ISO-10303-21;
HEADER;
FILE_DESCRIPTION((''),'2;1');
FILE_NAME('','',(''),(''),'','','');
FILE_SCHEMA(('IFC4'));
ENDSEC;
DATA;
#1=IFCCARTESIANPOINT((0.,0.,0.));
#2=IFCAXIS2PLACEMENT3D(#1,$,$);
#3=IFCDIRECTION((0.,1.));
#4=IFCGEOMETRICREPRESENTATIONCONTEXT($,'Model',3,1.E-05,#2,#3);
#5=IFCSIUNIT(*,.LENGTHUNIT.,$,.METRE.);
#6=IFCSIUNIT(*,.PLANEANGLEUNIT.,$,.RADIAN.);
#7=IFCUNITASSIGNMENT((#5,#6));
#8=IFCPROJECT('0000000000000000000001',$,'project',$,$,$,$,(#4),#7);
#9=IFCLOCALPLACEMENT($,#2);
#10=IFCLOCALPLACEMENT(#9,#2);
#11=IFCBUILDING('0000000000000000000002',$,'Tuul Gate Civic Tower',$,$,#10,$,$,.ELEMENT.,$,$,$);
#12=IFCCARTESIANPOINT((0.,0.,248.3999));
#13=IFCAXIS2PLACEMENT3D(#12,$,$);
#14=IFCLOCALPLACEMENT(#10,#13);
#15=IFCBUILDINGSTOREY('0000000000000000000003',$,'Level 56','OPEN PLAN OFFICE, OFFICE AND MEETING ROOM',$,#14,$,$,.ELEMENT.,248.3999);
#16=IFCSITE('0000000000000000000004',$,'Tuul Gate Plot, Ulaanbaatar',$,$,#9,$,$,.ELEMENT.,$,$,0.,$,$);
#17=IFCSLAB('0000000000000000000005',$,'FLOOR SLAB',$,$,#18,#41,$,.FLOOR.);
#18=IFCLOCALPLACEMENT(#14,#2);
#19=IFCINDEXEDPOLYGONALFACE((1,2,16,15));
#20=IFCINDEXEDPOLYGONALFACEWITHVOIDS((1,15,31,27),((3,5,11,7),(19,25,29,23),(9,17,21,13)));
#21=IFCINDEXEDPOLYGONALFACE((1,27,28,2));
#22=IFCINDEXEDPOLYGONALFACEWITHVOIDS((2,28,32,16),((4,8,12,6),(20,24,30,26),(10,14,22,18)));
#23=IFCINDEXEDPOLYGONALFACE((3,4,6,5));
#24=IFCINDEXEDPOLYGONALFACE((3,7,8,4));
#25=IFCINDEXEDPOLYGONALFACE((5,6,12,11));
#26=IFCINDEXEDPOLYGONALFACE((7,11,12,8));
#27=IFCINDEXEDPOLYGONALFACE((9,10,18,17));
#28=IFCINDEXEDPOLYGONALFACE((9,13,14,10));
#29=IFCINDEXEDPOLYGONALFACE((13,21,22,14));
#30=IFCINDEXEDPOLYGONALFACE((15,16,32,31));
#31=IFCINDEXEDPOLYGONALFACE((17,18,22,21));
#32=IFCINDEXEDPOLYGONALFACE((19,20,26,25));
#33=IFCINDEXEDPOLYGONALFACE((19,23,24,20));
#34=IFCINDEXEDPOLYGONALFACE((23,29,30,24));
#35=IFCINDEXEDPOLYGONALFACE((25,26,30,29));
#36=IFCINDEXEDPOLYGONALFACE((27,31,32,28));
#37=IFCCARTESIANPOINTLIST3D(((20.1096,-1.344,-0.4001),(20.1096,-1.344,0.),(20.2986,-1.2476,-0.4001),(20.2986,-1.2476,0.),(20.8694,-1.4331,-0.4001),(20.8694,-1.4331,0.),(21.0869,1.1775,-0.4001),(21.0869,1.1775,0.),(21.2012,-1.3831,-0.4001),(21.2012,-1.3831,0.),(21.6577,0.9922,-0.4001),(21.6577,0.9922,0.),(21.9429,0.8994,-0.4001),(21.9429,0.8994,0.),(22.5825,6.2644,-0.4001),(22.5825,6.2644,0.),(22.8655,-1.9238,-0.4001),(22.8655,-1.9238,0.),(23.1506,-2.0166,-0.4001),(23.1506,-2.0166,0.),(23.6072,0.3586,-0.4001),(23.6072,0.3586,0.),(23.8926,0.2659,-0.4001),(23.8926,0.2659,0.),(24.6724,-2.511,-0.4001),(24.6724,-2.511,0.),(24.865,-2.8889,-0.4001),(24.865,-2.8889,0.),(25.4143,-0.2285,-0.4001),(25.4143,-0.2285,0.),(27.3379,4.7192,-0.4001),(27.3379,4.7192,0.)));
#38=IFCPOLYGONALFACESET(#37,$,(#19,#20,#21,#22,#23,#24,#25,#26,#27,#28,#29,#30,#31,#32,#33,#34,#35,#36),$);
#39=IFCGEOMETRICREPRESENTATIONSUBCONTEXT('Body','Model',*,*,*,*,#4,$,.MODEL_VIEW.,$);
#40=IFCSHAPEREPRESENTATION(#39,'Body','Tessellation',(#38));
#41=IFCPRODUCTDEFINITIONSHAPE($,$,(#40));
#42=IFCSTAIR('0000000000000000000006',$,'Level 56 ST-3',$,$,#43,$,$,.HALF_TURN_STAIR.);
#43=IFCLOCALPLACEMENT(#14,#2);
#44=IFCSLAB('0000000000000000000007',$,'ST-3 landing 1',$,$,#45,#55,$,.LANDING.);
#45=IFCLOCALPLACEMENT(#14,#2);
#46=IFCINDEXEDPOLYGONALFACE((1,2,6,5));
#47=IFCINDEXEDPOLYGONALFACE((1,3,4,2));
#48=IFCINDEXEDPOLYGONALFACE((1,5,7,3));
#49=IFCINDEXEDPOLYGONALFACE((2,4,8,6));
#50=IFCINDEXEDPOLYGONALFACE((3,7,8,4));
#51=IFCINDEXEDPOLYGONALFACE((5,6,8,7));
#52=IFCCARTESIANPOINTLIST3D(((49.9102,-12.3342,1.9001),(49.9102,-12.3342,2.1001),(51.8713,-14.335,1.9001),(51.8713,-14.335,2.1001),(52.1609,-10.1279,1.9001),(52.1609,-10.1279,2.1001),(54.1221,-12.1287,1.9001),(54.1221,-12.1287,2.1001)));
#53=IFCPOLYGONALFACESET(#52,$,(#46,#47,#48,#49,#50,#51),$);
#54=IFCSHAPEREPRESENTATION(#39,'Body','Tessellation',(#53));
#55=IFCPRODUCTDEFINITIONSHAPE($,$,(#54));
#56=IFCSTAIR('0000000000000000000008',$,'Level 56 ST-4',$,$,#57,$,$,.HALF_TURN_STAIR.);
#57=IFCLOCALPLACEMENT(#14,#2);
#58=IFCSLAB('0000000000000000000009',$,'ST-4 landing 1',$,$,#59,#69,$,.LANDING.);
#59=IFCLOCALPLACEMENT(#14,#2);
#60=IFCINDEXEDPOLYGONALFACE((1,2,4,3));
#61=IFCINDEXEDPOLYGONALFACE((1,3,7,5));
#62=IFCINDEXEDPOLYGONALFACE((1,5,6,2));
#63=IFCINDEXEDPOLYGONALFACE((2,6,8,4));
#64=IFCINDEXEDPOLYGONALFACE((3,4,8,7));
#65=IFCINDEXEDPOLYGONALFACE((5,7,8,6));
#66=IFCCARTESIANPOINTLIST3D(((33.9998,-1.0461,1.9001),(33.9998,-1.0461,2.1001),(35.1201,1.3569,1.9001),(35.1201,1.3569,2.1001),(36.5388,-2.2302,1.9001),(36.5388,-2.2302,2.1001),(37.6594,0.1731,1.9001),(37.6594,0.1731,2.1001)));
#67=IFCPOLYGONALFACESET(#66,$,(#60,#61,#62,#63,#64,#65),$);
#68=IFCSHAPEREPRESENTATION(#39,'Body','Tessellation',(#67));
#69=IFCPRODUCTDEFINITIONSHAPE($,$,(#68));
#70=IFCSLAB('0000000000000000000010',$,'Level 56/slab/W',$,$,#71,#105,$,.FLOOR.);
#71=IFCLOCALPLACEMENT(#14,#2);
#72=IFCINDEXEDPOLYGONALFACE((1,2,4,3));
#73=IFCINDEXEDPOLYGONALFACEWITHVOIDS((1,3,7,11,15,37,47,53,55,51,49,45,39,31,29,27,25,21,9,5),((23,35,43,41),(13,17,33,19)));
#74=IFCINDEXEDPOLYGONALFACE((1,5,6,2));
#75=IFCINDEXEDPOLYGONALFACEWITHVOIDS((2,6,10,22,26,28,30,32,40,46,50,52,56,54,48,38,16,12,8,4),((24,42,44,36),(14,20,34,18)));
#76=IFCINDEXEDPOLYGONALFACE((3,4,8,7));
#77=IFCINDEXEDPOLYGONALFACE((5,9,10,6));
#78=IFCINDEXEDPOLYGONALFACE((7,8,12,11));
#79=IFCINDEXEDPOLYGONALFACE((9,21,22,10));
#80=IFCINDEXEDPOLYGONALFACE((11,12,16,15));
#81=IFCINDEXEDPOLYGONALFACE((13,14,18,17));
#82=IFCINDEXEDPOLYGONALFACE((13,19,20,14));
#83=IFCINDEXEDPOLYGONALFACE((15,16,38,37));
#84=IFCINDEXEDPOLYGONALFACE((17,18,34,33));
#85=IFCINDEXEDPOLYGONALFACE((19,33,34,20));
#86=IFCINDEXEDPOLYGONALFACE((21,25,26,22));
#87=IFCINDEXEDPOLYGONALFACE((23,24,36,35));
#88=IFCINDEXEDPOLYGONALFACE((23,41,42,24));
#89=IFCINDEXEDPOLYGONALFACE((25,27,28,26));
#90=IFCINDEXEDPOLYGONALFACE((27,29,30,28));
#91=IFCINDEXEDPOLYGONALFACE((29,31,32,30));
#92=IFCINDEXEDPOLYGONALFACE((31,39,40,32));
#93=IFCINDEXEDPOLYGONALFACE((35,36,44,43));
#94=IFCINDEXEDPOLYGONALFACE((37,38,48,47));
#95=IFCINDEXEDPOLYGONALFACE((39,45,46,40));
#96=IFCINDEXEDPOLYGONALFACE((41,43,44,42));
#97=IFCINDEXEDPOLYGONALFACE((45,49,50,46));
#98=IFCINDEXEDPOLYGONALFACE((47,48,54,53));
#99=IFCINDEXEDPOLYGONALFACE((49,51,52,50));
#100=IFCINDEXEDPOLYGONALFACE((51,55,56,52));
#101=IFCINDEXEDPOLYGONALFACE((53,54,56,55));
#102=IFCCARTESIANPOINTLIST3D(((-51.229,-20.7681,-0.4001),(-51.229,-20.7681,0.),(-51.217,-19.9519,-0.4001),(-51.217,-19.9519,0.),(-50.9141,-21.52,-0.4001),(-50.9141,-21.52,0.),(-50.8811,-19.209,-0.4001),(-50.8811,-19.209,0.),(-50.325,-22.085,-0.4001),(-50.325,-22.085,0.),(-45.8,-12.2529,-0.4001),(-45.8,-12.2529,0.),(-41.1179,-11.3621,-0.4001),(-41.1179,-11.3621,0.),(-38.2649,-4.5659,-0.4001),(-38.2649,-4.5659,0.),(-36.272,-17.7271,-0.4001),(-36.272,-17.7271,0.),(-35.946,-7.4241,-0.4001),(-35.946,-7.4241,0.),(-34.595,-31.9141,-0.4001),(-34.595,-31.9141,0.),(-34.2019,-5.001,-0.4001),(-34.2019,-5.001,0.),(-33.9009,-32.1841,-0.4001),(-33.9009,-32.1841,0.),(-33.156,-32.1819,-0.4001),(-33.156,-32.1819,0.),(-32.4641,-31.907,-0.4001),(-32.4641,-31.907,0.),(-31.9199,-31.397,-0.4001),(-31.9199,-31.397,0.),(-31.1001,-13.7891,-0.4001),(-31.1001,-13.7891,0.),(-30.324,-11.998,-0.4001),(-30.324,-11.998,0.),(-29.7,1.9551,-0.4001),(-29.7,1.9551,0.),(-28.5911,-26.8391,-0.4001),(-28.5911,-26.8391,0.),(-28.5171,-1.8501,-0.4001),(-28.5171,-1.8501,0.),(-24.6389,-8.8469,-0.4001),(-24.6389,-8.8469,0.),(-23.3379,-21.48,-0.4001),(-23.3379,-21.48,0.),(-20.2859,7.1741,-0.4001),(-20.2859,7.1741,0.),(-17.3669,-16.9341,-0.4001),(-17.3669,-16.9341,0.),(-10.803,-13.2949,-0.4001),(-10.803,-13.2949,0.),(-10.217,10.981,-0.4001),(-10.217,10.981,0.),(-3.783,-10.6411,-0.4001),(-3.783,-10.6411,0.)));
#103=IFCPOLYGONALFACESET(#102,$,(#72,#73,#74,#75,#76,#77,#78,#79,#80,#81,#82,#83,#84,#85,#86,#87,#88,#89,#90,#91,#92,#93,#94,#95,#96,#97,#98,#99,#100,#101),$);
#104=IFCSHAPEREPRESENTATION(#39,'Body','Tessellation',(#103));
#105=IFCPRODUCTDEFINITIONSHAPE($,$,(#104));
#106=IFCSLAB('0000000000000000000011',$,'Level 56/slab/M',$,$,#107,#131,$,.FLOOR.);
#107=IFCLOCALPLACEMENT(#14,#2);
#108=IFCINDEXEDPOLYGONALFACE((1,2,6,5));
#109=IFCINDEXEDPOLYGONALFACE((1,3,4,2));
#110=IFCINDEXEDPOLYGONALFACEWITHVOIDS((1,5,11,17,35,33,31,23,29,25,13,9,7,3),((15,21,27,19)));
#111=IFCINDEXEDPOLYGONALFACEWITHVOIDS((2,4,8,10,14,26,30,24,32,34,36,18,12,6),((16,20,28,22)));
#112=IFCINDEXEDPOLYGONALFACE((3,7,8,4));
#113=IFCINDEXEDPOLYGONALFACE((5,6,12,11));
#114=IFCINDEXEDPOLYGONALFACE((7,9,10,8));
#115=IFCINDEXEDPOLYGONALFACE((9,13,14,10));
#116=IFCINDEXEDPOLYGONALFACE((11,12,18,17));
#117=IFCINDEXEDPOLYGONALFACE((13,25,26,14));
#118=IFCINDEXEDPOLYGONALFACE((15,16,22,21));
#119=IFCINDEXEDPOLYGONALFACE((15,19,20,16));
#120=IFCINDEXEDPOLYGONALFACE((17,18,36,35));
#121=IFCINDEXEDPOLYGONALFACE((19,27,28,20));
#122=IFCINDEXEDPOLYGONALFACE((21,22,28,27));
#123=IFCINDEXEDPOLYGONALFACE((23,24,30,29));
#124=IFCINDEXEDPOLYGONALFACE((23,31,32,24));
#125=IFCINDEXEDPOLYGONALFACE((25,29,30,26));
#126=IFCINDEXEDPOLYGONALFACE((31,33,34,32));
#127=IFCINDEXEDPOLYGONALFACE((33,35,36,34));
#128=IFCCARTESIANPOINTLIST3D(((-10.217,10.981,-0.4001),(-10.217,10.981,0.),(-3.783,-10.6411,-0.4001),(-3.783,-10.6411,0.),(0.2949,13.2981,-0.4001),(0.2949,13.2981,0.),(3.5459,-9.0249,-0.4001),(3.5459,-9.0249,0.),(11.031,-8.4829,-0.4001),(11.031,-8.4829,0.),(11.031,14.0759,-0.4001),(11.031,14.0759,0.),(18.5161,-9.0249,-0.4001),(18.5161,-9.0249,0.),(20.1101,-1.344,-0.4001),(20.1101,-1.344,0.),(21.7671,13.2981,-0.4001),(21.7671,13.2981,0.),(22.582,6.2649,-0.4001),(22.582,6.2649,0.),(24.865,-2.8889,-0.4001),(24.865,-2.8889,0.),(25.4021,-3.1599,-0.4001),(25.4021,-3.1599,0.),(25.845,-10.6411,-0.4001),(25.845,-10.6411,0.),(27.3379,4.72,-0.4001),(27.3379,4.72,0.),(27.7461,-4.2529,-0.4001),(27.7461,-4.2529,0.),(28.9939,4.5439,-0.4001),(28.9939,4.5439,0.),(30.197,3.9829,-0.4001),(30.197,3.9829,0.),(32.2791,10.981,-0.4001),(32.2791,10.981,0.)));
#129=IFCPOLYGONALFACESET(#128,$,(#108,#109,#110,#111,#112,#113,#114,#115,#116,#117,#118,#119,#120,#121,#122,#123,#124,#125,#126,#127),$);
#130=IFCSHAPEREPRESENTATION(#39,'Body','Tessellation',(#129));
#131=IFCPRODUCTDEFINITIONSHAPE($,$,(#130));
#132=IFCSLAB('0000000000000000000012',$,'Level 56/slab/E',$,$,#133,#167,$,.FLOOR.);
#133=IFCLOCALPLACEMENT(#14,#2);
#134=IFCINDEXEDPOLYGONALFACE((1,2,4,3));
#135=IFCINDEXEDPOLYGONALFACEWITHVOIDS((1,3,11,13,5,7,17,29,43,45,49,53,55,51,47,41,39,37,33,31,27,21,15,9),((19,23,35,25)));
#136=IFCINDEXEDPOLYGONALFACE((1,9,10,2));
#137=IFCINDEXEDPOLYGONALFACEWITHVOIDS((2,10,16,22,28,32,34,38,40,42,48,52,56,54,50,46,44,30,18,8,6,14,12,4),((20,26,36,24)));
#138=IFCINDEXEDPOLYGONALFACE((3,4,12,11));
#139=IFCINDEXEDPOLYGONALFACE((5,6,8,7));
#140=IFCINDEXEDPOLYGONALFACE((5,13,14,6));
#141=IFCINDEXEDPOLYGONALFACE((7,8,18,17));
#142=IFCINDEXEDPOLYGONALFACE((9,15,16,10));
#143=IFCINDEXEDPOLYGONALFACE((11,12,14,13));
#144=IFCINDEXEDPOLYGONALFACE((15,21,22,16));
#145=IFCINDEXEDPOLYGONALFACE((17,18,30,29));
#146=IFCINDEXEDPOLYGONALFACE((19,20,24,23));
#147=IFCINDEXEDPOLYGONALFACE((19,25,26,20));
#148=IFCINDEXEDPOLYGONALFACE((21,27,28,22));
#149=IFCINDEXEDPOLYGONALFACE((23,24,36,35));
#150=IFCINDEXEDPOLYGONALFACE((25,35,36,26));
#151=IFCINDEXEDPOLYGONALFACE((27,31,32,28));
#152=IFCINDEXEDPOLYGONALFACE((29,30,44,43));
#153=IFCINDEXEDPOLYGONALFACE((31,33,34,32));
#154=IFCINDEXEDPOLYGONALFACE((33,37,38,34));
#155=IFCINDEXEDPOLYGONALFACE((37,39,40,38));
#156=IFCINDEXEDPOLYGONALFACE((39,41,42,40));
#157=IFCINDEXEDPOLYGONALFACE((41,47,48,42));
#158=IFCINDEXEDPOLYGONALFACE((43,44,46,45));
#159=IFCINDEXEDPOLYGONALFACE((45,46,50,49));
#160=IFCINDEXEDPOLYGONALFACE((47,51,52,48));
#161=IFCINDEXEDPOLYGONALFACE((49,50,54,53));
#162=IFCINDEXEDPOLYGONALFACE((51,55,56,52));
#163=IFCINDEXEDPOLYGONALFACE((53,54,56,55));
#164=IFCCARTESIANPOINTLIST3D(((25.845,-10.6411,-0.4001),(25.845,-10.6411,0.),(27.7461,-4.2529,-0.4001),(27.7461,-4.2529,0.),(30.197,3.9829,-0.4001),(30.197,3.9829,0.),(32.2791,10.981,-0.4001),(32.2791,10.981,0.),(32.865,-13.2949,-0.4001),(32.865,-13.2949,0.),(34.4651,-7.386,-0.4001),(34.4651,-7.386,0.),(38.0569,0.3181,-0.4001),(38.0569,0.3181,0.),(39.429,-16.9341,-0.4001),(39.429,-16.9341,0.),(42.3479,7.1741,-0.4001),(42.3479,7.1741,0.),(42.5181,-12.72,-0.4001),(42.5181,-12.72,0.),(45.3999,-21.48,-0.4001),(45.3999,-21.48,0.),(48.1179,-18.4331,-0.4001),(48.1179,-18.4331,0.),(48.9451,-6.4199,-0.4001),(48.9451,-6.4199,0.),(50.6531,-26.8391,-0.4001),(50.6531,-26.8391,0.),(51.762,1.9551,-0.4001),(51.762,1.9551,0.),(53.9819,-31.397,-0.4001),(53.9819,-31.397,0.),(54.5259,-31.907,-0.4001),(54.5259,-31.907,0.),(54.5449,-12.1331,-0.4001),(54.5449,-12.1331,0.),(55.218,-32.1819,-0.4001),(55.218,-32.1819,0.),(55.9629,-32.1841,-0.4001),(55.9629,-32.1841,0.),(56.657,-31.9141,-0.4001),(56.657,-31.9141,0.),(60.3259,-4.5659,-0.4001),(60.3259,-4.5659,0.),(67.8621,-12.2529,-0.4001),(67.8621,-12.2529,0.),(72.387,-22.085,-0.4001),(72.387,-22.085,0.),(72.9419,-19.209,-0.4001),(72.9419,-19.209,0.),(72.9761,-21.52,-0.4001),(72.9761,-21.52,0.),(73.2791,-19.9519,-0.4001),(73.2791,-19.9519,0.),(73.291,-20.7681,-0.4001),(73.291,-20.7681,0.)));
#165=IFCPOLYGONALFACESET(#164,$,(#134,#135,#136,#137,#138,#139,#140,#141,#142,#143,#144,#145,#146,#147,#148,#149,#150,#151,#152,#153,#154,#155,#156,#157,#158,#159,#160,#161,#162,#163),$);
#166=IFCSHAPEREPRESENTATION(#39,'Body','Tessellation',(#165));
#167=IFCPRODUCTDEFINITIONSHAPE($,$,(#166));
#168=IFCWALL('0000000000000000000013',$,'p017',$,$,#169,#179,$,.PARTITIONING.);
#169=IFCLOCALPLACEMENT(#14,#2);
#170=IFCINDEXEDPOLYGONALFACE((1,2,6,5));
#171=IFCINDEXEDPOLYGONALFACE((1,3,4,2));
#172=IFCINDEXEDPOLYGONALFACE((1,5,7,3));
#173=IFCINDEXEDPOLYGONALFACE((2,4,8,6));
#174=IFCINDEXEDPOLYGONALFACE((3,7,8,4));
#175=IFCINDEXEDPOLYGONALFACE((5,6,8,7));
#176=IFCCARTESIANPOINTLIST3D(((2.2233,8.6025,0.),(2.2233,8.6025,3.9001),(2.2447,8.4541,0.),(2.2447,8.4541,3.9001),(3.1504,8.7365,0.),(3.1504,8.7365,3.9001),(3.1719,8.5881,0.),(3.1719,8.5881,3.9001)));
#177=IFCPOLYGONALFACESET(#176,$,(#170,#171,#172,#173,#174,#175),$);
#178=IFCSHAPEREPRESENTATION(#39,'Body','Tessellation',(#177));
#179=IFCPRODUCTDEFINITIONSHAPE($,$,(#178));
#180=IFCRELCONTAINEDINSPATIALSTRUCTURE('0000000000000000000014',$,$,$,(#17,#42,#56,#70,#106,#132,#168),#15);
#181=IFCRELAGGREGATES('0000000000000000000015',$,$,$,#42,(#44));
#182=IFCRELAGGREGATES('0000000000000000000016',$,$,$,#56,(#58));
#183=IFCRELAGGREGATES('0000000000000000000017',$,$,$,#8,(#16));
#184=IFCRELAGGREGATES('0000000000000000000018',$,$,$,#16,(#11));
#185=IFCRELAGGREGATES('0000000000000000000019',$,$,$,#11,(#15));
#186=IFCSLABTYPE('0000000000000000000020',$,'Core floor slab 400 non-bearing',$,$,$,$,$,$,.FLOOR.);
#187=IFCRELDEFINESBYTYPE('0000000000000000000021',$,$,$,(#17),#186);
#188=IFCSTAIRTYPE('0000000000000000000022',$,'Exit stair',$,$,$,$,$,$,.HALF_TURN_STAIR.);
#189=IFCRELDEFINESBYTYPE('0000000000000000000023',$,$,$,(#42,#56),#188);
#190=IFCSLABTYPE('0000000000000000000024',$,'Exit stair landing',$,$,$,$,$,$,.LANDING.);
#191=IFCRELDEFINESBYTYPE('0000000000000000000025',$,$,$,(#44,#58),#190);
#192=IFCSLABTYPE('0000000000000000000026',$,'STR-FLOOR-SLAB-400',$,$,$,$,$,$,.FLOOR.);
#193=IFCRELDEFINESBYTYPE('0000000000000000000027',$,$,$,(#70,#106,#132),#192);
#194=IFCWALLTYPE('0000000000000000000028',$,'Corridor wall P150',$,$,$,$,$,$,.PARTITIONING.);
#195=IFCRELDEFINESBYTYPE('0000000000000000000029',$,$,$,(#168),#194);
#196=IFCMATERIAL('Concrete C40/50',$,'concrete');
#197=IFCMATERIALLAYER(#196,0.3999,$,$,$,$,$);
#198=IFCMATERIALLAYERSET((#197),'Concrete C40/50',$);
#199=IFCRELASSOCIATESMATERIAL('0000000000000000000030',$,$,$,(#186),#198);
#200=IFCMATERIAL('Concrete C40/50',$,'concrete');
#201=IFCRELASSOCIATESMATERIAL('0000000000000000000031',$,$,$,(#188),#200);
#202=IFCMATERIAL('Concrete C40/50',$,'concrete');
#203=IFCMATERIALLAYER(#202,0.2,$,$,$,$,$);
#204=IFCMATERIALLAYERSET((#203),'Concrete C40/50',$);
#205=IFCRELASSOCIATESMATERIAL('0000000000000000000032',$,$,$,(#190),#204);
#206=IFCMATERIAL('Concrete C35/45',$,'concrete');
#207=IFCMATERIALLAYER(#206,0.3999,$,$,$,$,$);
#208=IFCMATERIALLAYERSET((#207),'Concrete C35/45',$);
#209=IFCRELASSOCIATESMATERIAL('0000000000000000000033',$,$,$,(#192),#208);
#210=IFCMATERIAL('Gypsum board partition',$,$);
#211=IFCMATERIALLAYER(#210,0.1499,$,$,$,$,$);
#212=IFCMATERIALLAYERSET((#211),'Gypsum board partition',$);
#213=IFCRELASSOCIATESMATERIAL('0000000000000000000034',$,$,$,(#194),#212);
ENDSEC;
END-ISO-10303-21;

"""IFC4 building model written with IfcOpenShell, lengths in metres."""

from ifc_helpers import new_model, si_unit, direction, frame, frame_2d, origin, place, context, subcontext, project, spatial, polyline, rectangle, outline, extrude, material, layer, layer_set, type_object, element, aggregate, save


model = new_model("IFC4")

# Units and contexts
model_context = context("Model", 3, precision=1e-05, world=origin(), true_north=direction((0.0, 1.0)))
body_context = subcontext(model_context, "Body", "Model", "MODEL_VIEW")
ifc_project = project(units=[si_unit("LENGTHUNIT", "METRE"), si_unit("PLANEANGLEUNIT", "RADIAN")], contexts=[model_context])

# Site, building, storey
site_placement = place(None, origin())
site = spatial("IfcSite", under=ifc_project, at=site_placement, Name="Tuul Gate Plot, Ulaanbaatar", CompositionType="ELEMENT", RefElevation=0.0)
building_placement = place(site_placement, origin())
building = spatial("IfcBuilding", under=site, at=building_placement, Name="Tuul Gate Civic Tower", CompositionType="ELEMENT")
storey_placement = place(building_placement, frame((0.0, 0.0, 248.3999)))
storey = spatial("IfcBuildingStorey", under=building, at=storey_placement, Name="Level 56", Description="OPEN PLAN OFFICE, OFFICE AND MEETING ROOM", CompositionType="ELEMENT", Elevation=248.3999)

# Slab
ifc_material_1 = material(Name="Concrete C40/50", Category="concrete")
ifc_layer_1 = layer(ifc_material_1, 0.3999)
ifc_layer_set_1 = layer_set([ifc_layer_1], Name="Concrete C40/50")
slab_type_1 = type_object("IfcSlabType", Name="Core floor slab 400 non-bearing", PredefinedType="FLOOR", material=ifc_layer_set_1)
slab_1_placement = place(storey_placement, frame((0.0, 0.0, -0.4001)))
element("IfcSlab", 1, at=slab_1_placement, inside=storey, type_object=slab_type_1, Name="FLOOR SLAB", PredefinedType="FLOOR", context=body_context, shape_type="SweptSolid", body=[
    extrude(outline(polyline([(24.865, -2.8889), (27.3379, 4.7192), (22.5825, 6.2644), (20.1096, -1.344), (24.865, -2.8889)]), holes=[polyline([(24.6724, -2.511), (25.4143, -0.2285), (23.8926, 0.2659), (23.1506, -2.0166), (24.6724, -2.511)]), polyline([(22.8655, -1.9238), (23.6072, 0.3586), (21.9429, 0.8994), (21.2012, -1.3831), (22.8655, -1.9238)]), polyline([(20.8694, -1.4331), (21.6577, 0.9922), (21.0869, 1.1775), (20.2986, -1.2476), (20.8694, -1.4331)])]), origin(), (0.0, 0.0, 1.0), 0.4001),
])

# Stairs, slabs
ifc_material_2 = material(Name="Concrete C40/50", Category="concrete")
stair_type = type_object("IfcStairType", Name="Exit stair", PredefinedType="HALF_TURN_STAIR", material=ifc_material_2)
stair_1_placement = place(storey_placement, origin())
stair_1 = element("IfcStair", 2, at=stair_1_placement, inside=storey, type_object=stair_type, Name="Level 56 ST-3", PredefinedType="HALF_TURN_STAIR")
ifc_material_3 = material(Name="Concrete C40/50", Category="concrete")
ifc_layer_2 = layer(ifc_material_3, 0.2)
ifc_layer_set_2 = layer_set([ifc_layer_2], Name="Concrete C40/50")
slab_type_2 = type_object("IfcSlabType", Name="Exit stair landing", PredefinedType="LANDING", material=ifc_layer_set_2)
slab_2_placement = place(storey_placement, frame((0.0, 0.0, 1.9001)))
slab_2 = element("IfcSlab", 3, at=slab_2_placement, type_object=slab_type_2, Name="ST-3 landing 1", PredefinedType="LANDING", context=body_context, shape_type="SweptSolid", body=[
    extrude(outline(polyline([(51.8713, -14.335), (49.9102, -12.3342), (52.1609, -10.1279), (54.1221, -12.1287), (51.8713, -14.335)])), origin(), (0.0, 0.0, 1.0), 0.2),
])
aggregate(stair_1, [slab_2])
stair_2_placement = place(storey_placement, origin())
stair_2 = element("IfcStair", 4, at=stair_2_placement, inside=storey, type_object=stair_type, Name="Level 56 ST-4", PredefinedType="HALF_TURN_STAIR")
slab_3_placement = place(storey_placement, frame((0.0, 0.0, 1.9001)))
slab_3 = element("IfcSlab", 5, at=slab_3_placement, type_object=slab_type_2, Name="ST-4 landing 1", PredefinedType="LANDING", context=body_context, shape_type="SweptSolid", body=[
    extrude(outline(polyline([(36.5388, -2.2302), (33.9998, -1.0461), (35.1201, 1.3569), (37.6594, 0.1731), (36.5388, -2.2302)])), origin(), (0.0, 0.0, 1.0), 0.2),
])
aggregate(stair_2, [slab_3])

# Slabs
ifc_material_4 = material(Name="Concrete C35/45", Category="concrete")
ifc_layer_3 = layer(ifc_material_4, 0.3999)
ifc_layer_set_3 = layer_set([ifc_layer_3], Name="Concrete C35/45")
slab_type_3 = type_object("IfcSlabType", Name="STR-FLOOR-SLAB-400", PredefinedType="FLOOR", material=ifc_layer_set_3)
slab_4_placement = place(storey_placement, frame((0.0, 0.0, -0.4001)))
element("IfcSlab", 6, at=slab_4_placement, inside=storey, type_object=slab_type_3, Name="Level 56/slab/W", PredefinedType="FLOOR", context=body_context, shape_type="SweptSolid", body=[
    extrude(outline(polyline([(-10.803, -13.2949), (-3.783, -10.6411), (-10.217, 10.981), (-20.2859, 7.1741), (-29.7, 1.9551), (-38.2649, -4.5659), (-45.8, -12.2529), (-50.8811, -19.209), (-51.217, -19.9519), (-51.229, -20.7681), (-50.9141, -21.52), (-50.325, -22.085), (-34.595, -31.9141), (-33.9009, -32.1841), (-33.156, -32.1819), (-32.4641, -31.907), (-31.9199, -31.397), (-28.5911, -26.8391), (-23.3379, -21.48), (-17.3669, -16.9341), (-10.803, -13.2949)]), holes=[polyline([(-31.1001, -13.7891), (-36.272, -17.7271), (-41.1179, -11.3621), (-35.946, -7.4241), (-31.1001, -13.7891)]), polyline([(-24.6389, -8.8469), (-30.324, -11.998), (-34.2019, -5.001), (-28.5171, -1.8501), (-24.6389, -8.8469)])]), origin(), (0.0, 0.0, 1.0), 0.4001),
])
slab_5_placement = place(storey_placement, frame((0.0, 0.0, -0.4001)))
element("IfcSlab", 7, at=slab_5_placement, inside=storey, type_object=slab_type_3, Name="Level 56/slab/M", PredefinedType="FLOOR", context=body_context, shape_type="SweptSolid", body=[
    extrude(outline(polyline([(18.5161, -9.0249), (25.845, -10.6411), (27.7461, -4.2529), (25.4021, -3.1599), (28.9939, 4.5439), (30.197, 3.9829), (32.2791, 10.981), (21.7671, 13.2981), (11.031, 14.0759), (0.2949, 13.2981), (-10.217, 10.981), (-3.783, -10.6411), (3.5459, -9.0249), (11.031, -8.4829), (18.5161, -9.0249)]), holes=[polyline([(20.1101, -1.344), (22.582, 6.2649), (27.3379, 4.72), (24.865, -2.8889), (20.1101, -1.344)])]), origin(), (0.0, 0.0, 1.0), 0.4001),
])
slab_6_placement = place(storey_placement, frame((0.0, 0.0, -0.4001)))
element("IfcSlab", 8, at=slab_6_placement, inside=storey, type_object=slab_type_3, Name="Level 56/slab/E", PredefinedType="FLOOR", context=body_context, shape_type="SweptSolid", body=[
    extrude(outline(polyline([(55.9629, -32.1841), (56.657, -31.9141), (72.387, -22.085), (72.9761, -21.52), (73.291, -20.7681), (73.2791, -19.9519), (72.9419, -19.209), (67.8621, -12.2529), (60.3259, -4.5659), (51.762, 1.9551), (42.3479, 7.1741), (32.2791, 10.981), (30.197, 3.9829), (38.0569, 0.3181), (34.4651, -7.386), (27.7461, -4.2529), (25.845, -10.6411), (32.865, -13.2949), (39.429, -16.9341), (45.3999, -21.48), (50.6531, -26.8391), (53.9819, -31.397), (54.5259, -31.907), (55.218, -32.1819), (55.9629, -32.1841)]), holes=[polyline([(48.1179, -18.4331), (42.5181, -12.72), (48.9451, -6.4199), (54.5449, -12.1331), (48.1179, -18.4331)])]), origin(), (0.0, 0.0, 1.0), 0.4001),
])

# Wall
ifc_material_5 = material(Name="Gypsum board partition")
ifc_layer_4 = layer(ifc_material_5, 0.1499)
ifc_layer_set_4 = layer_set([ifc_layer_4], Name="Gypsum board partition")
wall_type = type_object("IfcWallType", Name="Corridor wall P150", PredefinedType="PARTITIONING", material=ifc_layer_set_4)
wall_1_placement = place(storey_placement, frame((2.2341, 8.5283, 0.0), z_axis=(0.0, 0.0, 1.0), x_axis=(0.989714, 0.143063, 0.0)))
element("IfcWall", 9, at=wall_1_placement, inside=storey, type_object=wall_type, Name="p017", PredefinedType="PARTITIONING", context=body_context, shape_type="SweptSolid", body=[
    extrude(rectangle(XDim=0.9368, YDim=0.1499, at=frame_2d((0.4683, 0.0))), origin(), (0.0, 0.0, 1.0), 3.9001),
])

save(model, "model.ifc")
